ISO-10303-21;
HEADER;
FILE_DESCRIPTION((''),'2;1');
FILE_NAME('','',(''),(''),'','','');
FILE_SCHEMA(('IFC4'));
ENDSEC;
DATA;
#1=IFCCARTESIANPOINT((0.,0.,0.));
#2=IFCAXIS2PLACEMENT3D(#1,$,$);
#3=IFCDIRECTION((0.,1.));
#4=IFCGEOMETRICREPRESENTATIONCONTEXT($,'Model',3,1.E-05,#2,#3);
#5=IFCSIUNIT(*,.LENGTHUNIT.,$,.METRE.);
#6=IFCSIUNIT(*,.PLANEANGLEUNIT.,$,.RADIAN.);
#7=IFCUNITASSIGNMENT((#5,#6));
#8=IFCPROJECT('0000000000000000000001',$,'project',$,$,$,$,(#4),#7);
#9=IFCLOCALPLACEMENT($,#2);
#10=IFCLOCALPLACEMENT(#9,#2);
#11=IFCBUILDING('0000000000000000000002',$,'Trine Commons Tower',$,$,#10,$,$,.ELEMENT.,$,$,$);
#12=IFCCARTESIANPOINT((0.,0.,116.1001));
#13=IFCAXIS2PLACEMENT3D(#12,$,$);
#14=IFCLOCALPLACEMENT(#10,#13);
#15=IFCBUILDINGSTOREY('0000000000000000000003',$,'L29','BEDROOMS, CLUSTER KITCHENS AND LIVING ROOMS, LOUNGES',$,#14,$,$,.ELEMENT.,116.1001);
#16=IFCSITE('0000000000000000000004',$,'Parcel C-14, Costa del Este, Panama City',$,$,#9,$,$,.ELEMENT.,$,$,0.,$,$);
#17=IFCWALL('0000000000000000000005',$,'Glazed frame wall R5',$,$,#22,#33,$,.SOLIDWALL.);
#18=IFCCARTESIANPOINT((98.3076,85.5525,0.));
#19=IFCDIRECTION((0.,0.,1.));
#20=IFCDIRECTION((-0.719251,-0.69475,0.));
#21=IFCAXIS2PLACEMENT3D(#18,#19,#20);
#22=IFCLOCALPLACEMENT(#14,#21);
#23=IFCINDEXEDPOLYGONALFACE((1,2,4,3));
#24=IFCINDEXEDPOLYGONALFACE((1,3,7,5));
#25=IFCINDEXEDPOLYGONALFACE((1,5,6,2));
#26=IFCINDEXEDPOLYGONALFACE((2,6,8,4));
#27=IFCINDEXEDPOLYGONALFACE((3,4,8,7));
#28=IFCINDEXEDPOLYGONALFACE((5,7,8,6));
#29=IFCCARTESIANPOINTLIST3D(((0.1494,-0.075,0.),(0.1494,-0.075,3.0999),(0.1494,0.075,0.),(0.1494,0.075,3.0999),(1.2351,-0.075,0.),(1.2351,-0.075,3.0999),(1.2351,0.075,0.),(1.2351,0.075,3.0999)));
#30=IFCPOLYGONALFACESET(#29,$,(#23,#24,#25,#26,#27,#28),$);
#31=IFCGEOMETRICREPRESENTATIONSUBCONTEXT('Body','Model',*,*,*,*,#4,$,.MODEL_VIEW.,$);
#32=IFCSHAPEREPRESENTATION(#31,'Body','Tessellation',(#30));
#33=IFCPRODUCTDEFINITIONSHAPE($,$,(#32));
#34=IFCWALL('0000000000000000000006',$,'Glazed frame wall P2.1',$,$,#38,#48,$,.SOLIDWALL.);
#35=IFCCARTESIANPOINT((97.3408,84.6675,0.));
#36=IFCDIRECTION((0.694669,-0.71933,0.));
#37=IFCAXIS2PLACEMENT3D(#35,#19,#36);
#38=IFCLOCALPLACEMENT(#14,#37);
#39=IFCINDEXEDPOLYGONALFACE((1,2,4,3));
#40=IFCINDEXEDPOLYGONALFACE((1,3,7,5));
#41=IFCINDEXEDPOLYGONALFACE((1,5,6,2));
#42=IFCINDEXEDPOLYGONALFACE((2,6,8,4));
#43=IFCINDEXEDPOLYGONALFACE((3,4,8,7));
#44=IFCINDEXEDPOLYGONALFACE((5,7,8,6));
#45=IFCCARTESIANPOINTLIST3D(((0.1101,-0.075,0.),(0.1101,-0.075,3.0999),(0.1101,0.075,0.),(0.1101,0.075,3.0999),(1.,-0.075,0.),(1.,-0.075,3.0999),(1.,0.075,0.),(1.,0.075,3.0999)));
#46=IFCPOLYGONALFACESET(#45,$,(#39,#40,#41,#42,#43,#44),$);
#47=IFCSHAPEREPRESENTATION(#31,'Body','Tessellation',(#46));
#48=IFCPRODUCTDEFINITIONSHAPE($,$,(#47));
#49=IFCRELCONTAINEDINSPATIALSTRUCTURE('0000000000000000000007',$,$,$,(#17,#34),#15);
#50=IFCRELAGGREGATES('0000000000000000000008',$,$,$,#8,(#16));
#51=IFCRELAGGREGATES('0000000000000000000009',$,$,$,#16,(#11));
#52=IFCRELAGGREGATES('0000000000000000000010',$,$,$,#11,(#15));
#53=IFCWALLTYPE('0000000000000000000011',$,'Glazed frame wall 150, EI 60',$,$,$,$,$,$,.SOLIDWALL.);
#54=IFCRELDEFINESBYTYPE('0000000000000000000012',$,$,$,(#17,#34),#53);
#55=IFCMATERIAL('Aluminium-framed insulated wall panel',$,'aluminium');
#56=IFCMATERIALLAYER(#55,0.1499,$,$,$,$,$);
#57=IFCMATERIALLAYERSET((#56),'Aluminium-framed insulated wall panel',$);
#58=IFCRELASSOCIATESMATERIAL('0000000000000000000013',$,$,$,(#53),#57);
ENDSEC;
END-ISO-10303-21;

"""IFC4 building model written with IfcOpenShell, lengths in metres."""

from ifc_helpers import new_model, si_unit, direction, frame, origin, place, context, subcontext, project, spatial, polyline, outline, extrude, material, layer, layer_set, type_object, element, save


model = new_model("IFC4")

# Units and contexts
model_context = context("Model", 3, precision=1e-05, world=origin(), true_north=direction((0.0, 1.0)))
body_context = subcontext(model_context, "Body", "Model", "MODEL_VIEW")
ifc_project = project(units=[si_unit("LENGTHUNIT", "METRE"), si_unit("PLANEANGLEUNIT", "RADIAN")], contexts=[model_context])

# Site, building, storey
site_placement = place(None, origin())
site = spatial("IfcSite", under=ifc_project, at=site_placement, Name="Parcel C-14, Costa del Este, Panama City", CompositionType="ELEMENT", RefElevation=0.0)
building_placement = place(site_placement, origin())
building = spatial("IfcBuilding", under=site, at=building_placement, Name="Trine Commons Tower", CompositionType="ELEMENT")
storey_placement = place(building_placement, frame((0.0, 0.0, 116.1001)))
storey = spatial("IfcBuildingStorey", under=building, at=storey_placement, Name="L29", Description="BEDROOMS, CLUSTER KITCHENS AND LIVING ROOMS, LOUNGES", CompositionType="ELEMENT", Elevation=116.1001)

# Walls
ifc_material_1 = material(Name="Aluminium-framed insulated wall panel", Category="aluminium")
ifc_layer_1 = layer(ifc_material_1, 0.1499)
ifc_layer_set_1 = layer_set([ifc_layer_1], Name="Aluminium-framed insulated wall panel")
wall_type_1 = type_object("IfcWallType", Name="Glazed frame wall 150, EI 60", PredefinedType="SOLIDWALL", material=ifc_layer_set_1)
wall_1_placement = place(storey_placement, frame((98.3076, 85.5525, 0.0), z_axis=(0.0, 0.0, 1.0), x_axis=(-0.719251, -0.69475, 0.0)))
element("IfcWall", 1, at=wall_1_placement, inside=storey, type_object=wall_type_1, Name="Glazed frame wall R5", PredefinedType="SOLIDWALL", context=body_context, shape_type="SweptSolid", body=[
    extrude(outline(polyline([(0.1494, 0.075), (0.1494, -0.075), (1.2351, -0.075), (1.2351, 0.075), (0.1494, 0.075)])), origin(), (0.0, 0.0, 1.0), 3.0999),
])
wall_2_placement = place(storey_placement, frame((97.3408, 84.6675, 0.0), z_axis=(0.0, 0.0, 1.0), x_axis=(0.694669, -0.71933, 0.0)))
element("IfcWall", 2, at=wall_2_placement, inside=storey, type_object=wall_type_1, Name="Glazed frame wall P2.1", PredefinedType="SOLIDWALL", context=body_context, shape_type="SweptSolid", body=[
    extrude(outline(polyline([(0.1101, -0.075), (1.0, -0.075), (1.0, 0.075), (0.1101, 0.075), (0.1101, -0.075)])), origin(), (0.0, 0.0, 1.0), 3.0999),
])

save(model, "model.ifc")
